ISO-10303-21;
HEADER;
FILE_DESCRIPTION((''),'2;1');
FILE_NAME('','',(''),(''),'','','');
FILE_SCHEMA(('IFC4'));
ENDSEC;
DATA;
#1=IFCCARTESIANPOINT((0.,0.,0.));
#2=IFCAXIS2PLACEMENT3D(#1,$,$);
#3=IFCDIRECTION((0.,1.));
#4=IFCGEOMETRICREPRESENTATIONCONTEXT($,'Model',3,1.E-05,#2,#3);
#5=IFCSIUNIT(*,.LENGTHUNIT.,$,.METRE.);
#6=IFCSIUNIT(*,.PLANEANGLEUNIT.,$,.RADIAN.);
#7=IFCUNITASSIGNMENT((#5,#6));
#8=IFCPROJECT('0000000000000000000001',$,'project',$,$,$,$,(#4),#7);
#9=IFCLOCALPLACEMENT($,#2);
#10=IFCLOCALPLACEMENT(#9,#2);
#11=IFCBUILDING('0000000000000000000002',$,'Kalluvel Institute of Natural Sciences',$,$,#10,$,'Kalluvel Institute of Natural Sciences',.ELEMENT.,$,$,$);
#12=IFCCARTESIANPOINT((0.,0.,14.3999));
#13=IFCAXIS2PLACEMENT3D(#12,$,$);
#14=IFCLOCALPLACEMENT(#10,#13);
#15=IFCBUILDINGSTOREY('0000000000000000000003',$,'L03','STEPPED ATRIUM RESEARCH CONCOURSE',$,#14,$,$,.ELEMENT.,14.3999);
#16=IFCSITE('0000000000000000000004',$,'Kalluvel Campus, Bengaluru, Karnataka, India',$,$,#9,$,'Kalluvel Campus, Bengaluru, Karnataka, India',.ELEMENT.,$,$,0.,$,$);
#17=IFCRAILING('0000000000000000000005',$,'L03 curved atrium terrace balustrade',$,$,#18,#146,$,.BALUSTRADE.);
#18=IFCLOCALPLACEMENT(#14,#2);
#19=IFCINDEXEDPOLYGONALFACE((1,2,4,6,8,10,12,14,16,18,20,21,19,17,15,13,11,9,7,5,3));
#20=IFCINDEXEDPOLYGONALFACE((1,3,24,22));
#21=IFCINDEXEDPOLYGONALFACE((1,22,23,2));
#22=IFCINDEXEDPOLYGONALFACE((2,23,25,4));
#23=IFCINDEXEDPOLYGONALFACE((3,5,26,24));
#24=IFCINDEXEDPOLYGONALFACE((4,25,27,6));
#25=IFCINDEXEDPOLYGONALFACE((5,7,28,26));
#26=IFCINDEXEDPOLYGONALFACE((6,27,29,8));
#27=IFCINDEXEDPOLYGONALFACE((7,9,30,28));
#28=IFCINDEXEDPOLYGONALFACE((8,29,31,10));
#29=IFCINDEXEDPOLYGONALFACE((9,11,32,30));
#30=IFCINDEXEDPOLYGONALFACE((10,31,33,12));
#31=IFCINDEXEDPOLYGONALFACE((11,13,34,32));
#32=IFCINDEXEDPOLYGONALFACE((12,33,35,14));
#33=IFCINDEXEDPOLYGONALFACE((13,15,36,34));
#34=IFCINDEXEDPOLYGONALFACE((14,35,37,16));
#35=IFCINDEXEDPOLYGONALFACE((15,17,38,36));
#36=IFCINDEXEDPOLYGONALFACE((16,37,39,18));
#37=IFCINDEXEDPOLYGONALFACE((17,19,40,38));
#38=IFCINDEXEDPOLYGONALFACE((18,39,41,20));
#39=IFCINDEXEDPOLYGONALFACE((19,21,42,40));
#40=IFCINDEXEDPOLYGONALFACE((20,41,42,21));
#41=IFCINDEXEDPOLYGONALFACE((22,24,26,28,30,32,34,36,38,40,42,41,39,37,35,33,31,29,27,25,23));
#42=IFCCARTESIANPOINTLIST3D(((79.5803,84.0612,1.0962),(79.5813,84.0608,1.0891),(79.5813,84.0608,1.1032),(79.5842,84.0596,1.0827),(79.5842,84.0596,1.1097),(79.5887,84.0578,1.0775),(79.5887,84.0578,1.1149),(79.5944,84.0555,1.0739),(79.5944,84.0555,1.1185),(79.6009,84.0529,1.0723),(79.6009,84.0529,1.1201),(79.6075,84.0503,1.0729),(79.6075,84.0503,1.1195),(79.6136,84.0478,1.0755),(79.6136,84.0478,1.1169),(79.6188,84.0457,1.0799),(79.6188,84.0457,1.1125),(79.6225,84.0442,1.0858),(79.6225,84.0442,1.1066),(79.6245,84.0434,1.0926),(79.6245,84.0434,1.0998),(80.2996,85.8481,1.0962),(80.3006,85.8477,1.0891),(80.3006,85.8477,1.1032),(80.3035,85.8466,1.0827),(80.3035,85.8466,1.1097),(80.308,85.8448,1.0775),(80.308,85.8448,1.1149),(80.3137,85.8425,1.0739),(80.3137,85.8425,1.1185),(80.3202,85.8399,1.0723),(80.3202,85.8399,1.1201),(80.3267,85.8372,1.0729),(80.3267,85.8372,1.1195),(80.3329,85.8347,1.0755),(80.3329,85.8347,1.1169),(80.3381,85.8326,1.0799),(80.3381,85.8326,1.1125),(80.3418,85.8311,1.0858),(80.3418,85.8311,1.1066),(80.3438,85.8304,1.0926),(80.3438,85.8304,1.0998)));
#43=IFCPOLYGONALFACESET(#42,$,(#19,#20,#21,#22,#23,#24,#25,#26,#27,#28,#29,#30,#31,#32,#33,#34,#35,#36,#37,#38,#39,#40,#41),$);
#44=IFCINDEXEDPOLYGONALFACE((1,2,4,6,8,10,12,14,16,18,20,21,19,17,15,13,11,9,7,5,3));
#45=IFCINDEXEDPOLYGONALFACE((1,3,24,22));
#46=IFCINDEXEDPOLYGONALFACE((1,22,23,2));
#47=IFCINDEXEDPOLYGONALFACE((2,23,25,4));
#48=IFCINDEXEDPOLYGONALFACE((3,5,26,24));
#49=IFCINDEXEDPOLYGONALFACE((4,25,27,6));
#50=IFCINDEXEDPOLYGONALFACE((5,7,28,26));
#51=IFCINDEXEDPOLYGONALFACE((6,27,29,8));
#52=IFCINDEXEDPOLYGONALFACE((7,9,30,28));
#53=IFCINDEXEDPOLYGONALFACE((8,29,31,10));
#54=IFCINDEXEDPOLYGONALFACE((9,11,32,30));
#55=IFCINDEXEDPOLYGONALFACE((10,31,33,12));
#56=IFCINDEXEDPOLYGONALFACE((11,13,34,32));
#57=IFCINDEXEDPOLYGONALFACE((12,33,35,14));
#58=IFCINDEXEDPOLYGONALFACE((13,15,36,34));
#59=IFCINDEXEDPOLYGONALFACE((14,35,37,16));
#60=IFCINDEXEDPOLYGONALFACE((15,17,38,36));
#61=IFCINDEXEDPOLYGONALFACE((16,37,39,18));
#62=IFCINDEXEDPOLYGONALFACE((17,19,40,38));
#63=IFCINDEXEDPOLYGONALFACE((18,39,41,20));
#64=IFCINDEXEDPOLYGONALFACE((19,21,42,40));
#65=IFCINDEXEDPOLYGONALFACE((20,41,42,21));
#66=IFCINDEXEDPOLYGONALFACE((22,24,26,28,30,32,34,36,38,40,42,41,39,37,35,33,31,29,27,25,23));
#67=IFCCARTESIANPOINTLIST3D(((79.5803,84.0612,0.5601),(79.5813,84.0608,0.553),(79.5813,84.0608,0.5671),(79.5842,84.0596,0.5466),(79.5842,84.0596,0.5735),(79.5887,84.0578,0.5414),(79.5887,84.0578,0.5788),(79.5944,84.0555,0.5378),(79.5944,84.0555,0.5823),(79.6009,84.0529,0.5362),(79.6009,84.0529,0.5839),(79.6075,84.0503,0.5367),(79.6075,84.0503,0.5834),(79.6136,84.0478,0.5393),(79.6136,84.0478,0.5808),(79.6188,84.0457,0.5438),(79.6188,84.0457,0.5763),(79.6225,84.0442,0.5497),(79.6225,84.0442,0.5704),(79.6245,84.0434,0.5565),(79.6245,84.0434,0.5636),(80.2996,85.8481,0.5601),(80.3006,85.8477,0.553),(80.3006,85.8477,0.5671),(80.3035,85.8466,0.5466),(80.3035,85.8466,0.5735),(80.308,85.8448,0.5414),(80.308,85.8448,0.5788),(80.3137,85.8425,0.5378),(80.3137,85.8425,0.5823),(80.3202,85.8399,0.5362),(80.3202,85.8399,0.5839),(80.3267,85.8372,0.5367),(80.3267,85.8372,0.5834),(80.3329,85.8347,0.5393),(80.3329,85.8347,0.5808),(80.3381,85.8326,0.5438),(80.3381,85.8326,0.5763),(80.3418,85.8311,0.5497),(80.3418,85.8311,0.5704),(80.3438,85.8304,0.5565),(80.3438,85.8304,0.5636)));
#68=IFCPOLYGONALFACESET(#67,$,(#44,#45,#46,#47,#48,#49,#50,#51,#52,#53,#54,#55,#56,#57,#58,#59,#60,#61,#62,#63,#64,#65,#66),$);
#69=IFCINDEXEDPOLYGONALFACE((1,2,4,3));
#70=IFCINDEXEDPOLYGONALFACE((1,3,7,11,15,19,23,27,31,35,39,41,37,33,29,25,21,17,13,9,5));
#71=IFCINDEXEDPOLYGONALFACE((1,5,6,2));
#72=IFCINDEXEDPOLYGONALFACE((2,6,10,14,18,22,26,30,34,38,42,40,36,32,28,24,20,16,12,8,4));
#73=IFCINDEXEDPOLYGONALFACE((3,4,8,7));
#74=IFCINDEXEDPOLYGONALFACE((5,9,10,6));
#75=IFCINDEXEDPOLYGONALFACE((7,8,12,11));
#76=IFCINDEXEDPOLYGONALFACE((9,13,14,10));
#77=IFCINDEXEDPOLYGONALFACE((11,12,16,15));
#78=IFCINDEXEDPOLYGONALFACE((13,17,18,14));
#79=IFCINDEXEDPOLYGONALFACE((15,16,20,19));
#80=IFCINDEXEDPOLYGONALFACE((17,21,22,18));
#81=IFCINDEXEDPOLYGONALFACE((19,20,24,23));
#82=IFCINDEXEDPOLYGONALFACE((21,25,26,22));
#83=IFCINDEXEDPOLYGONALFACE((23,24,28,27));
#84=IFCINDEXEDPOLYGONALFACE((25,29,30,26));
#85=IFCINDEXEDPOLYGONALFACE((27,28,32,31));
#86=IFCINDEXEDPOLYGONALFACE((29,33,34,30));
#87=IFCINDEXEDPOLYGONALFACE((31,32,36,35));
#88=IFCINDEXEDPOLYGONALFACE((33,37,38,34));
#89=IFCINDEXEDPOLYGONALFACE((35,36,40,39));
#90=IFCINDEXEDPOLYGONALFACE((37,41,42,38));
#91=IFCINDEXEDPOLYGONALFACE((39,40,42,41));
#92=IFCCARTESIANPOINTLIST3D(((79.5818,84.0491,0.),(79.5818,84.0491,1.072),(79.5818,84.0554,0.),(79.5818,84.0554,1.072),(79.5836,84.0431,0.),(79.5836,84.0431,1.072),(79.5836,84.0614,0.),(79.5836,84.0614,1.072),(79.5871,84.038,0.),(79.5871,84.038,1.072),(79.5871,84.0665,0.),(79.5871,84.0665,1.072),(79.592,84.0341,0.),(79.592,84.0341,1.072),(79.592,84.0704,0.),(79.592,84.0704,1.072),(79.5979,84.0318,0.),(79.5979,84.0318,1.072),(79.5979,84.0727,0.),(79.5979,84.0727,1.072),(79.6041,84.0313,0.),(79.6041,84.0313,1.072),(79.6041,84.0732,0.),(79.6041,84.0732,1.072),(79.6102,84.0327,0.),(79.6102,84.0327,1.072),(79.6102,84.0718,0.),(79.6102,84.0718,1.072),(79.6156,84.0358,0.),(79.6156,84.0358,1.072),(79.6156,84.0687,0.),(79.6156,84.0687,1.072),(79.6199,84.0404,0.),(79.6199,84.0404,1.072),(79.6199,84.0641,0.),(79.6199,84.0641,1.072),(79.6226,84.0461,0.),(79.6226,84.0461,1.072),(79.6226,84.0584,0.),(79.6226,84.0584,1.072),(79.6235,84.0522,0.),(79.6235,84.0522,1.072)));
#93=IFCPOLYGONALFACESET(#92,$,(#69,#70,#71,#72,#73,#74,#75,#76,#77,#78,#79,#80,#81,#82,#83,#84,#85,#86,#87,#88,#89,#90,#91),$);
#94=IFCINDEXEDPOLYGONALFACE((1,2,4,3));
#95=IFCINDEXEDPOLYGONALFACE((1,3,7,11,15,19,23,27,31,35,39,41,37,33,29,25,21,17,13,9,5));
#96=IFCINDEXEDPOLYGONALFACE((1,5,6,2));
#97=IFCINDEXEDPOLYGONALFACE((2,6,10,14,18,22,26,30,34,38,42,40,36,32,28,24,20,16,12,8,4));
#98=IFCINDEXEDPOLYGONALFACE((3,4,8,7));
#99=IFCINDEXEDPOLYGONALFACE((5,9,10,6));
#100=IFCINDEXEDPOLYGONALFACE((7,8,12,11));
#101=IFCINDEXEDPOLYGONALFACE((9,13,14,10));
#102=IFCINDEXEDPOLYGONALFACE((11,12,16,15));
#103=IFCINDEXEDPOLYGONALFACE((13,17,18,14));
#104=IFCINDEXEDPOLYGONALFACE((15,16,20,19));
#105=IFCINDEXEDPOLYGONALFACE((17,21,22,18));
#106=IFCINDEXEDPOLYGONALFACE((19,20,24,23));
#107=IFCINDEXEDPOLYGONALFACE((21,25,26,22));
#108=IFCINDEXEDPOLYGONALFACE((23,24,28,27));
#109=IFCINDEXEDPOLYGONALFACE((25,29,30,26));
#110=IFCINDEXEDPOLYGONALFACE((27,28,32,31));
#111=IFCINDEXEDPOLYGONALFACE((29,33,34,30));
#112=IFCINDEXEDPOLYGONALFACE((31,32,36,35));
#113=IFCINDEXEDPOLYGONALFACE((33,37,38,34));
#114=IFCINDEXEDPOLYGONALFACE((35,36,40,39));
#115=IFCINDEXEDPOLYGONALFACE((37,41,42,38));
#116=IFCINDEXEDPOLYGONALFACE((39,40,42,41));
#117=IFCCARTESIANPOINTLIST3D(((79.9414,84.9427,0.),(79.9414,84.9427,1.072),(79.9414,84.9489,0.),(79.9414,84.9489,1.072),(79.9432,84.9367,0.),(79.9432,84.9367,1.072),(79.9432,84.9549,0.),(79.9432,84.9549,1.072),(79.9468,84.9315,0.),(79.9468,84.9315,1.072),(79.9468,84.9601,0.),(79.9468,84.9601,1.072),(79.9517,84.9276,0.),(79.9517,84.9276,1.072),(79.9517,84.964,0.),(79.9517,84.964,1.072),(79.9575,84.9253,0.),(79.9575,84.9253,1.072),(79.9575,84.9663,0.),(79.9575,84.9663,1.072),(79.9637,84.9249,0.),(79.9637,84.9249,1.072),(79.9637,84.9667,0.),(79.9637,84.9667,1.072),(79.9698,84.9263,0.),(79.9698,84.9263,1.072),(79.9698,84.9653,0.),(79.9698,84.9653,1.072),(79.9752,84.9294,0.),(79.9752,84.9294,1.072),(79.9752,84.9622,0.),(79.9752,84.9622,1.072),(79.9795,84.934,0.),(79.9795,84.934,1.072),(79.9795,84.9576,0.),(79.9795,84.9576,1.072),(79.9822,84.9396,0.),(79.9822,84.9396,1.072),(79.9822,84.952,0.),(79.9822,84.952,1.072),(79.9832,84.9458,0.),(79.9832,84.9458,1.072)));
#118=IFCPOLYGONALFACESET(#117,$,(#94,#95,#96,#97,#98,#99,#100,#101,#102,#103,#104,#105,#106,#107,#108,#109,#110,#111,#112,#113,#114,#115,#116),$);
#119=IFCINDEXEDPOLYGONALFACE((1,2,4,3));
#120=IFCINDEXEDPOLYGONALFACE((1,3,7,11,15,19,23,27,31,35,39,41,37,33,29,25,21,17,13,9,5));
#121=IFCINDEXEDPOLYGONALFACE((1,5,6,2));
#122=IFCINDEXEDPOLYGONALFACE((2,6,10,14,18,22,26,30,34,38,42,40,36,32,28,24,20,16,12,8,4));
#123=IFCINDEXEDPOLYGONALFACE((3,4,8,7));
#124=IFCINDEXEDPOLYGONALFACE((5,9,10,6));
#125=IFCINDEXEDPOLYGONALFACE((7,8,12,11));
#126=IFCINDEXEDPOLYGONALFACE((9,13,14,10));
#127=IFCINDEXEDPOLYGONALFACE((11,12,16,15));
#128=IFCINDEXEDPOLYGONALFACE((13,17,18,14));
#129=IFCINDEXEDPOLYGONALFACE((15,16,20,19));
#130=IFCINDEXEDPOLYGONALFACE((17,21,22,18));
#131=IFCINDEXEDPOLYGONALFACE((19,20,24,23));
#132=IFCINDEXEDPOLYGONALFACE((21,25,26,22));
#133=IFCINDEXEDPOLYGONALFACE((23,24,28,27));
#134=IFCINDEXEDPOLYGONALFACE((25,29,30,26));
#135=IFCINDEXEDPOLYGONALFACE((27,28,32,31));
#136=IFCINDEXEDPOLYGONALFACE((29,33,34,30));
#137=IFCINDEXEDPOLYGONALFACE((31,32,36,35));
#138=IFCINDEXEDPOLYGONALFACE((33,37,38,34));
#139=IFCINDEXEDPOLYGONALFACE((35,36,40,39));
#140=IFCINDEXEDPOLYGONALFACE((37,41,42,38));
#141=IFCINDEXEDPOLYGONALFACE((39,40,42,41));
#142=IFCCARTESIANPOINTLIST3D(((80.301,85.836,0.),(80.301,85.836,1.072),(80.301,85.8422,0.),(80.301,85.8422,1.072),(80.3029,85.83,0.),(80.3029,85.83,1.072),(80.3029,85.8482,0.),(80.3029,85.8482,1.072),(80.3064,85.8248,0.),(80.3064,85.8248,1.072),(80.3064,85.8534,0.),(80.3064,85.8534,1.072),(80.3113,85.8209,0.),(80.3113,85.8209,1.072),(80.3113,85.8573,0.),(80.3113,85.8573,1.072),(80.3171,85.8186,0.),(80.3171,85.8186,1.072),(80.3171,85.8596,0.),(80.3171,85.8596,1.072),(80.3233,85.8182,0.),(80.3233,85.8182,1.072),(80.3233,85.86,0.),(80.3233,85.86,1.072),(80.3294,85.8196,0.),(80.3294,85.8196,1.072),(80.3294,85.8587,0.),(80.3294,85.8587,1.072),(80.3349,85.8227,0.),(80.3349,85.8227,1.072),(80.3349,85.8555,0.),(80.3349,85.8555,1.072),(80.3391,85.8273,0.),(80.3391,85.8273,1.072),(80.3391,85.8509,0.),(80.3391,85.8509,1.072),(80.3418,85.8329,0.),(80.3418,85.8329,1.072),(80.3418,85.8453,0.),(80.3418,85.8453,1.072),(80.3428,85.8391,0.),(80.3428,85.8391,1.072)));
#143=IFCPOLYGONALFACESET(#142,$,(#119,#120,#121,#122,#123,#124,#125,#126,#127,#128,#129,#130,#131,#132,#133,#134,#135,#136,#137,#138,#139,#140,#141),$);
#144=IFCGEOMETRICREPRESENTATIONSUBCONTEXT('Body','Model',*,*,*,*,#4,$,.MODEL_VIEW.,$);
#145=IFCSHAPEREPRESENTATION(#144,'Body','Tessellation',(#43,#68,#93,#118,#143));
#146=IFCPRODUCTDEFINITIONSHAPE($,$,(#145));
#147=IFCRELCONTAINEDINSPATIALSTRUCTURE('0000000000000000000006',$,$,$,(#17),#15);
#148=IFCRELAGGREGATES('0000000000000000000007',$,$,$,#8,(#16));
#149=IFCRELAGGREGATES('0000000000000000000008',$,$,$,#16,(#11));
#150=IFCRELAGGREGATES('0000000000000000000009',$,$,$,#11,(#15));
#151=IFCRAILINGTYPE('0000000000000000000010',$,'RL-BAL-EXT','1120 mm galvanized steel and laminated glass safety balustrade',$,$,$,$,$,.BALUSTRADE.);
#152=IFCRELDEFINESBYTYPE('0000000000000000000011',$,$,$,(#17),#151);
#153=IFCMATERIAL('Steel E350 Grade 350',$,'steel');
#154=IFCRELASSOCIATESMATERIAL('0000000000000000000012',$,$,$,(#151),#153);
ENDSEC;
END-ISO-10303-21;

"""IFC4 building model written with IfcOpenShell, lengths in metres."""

from ifc_helpers import new_model, si_unit, direction, frame, origin, origin_2d, place, context, subcontext, project, spatial, circle, extrude, material, type_object, element, save


model = new_model("IFC4")

# Units and contexts
model_context = context("Model", 3, precision=1e-05, world=origin(), true_north=direction((0.0, 1.0)))
body_context = subcontext(model_context, "Body", "Model", "MODEL_VIEW")
ifc_project = project(units=[si_unit("LENGTHUNIT", "METRE"), si_unit("PLANEANGLEUNIT", "RADIAN")], contexts=[model_context])

# Site, building, storey
site_placement = place(None, origin())
site = spatial("IfcSite", under=ifc_project, at=site_placement, Name="Kalluvel Campus, Bengaluru, Karnataka, India", LongName="Kalluvel Campus, Bengaluru, Karnataka, India", CompositionType="ELEMENT", RefElevation=0.0)
building_placement = place(site_placement, origin())
building = spatial("IfcBuilding", under=site, at=building_placement, Name="Kalluvel Institute of Natural Sciences", LongName="Kalluvel Institute of Natural Sciences", CompositionType="ELEMENT")
storey_placement = place(building_placement, frame((0.0, 0.0, 14.3999)))
storey = spatial("IfcBuildingStorey", under=building, at=storey_placement, Name="L03", Description="STEPPED ATRIUM RESEARCH CONCOURSE", CompositionType="ELEMENT", Elevation=14.3999)

# Railing
ifc_material_1 = material(Name="Steel E350 Grade 350", Category="steel")
railing_type = type_object("IfcRailingType", Name="RL-BAL-EXT", Description="1120 mm galvanized steel and laminated glass safety balustrade", PredefinedType="BALUSTRADE", material=ifc_material_1)
railing_1_placement = place(storey_placement, frame((79.6025, 84.0522, 0.0)))
element("IfcRailing", 1, at=railing_1_placement, inside=storey, type_object=railing_type, Name="L03 curved atrium terrace balustrade", PredefinedType="BALUSTRADE", context=body_context, shape_type="SweptSolid", body=[
    extrude(circle(Radius=0.0239, at=origin_2d()), frame((0.0, 0.0, 1.0962), z_axis=(0.3734, 0.92767, 0.0), x_axis=(-0.92767, 0.3734, 0.0)), (0.0, 0.0, 1.0), 1.9263),
    extrude(circle(Radius=0.0239, at=origin_2d()), frame((0.0, 0.0, 0.5601), z_axis=(0.3734, 0.92767, 0.0), x_axis=(-0.92767, 0.3734, 0.0)), (0.0, 0.0, 1.0), 1.9263),
    extrude(circle(Radius=0.021, at=origin_2d()), origin(), (0.0, 0.0, 1.0), 1.072),
    extrude(circle(Radius=0.021, at=origin_2d()), frame((0.3596, 0.8936, 0.0)), (0.0, 0.0, 1.0), 1.072),
    extrude(circle(Radius=0.021, at=origin_2d()), frame((0.7192, 1.7869, 0.0)), (0.0, 0.0, 1.0), 1.072),
])

save(model, "model.ifc")
